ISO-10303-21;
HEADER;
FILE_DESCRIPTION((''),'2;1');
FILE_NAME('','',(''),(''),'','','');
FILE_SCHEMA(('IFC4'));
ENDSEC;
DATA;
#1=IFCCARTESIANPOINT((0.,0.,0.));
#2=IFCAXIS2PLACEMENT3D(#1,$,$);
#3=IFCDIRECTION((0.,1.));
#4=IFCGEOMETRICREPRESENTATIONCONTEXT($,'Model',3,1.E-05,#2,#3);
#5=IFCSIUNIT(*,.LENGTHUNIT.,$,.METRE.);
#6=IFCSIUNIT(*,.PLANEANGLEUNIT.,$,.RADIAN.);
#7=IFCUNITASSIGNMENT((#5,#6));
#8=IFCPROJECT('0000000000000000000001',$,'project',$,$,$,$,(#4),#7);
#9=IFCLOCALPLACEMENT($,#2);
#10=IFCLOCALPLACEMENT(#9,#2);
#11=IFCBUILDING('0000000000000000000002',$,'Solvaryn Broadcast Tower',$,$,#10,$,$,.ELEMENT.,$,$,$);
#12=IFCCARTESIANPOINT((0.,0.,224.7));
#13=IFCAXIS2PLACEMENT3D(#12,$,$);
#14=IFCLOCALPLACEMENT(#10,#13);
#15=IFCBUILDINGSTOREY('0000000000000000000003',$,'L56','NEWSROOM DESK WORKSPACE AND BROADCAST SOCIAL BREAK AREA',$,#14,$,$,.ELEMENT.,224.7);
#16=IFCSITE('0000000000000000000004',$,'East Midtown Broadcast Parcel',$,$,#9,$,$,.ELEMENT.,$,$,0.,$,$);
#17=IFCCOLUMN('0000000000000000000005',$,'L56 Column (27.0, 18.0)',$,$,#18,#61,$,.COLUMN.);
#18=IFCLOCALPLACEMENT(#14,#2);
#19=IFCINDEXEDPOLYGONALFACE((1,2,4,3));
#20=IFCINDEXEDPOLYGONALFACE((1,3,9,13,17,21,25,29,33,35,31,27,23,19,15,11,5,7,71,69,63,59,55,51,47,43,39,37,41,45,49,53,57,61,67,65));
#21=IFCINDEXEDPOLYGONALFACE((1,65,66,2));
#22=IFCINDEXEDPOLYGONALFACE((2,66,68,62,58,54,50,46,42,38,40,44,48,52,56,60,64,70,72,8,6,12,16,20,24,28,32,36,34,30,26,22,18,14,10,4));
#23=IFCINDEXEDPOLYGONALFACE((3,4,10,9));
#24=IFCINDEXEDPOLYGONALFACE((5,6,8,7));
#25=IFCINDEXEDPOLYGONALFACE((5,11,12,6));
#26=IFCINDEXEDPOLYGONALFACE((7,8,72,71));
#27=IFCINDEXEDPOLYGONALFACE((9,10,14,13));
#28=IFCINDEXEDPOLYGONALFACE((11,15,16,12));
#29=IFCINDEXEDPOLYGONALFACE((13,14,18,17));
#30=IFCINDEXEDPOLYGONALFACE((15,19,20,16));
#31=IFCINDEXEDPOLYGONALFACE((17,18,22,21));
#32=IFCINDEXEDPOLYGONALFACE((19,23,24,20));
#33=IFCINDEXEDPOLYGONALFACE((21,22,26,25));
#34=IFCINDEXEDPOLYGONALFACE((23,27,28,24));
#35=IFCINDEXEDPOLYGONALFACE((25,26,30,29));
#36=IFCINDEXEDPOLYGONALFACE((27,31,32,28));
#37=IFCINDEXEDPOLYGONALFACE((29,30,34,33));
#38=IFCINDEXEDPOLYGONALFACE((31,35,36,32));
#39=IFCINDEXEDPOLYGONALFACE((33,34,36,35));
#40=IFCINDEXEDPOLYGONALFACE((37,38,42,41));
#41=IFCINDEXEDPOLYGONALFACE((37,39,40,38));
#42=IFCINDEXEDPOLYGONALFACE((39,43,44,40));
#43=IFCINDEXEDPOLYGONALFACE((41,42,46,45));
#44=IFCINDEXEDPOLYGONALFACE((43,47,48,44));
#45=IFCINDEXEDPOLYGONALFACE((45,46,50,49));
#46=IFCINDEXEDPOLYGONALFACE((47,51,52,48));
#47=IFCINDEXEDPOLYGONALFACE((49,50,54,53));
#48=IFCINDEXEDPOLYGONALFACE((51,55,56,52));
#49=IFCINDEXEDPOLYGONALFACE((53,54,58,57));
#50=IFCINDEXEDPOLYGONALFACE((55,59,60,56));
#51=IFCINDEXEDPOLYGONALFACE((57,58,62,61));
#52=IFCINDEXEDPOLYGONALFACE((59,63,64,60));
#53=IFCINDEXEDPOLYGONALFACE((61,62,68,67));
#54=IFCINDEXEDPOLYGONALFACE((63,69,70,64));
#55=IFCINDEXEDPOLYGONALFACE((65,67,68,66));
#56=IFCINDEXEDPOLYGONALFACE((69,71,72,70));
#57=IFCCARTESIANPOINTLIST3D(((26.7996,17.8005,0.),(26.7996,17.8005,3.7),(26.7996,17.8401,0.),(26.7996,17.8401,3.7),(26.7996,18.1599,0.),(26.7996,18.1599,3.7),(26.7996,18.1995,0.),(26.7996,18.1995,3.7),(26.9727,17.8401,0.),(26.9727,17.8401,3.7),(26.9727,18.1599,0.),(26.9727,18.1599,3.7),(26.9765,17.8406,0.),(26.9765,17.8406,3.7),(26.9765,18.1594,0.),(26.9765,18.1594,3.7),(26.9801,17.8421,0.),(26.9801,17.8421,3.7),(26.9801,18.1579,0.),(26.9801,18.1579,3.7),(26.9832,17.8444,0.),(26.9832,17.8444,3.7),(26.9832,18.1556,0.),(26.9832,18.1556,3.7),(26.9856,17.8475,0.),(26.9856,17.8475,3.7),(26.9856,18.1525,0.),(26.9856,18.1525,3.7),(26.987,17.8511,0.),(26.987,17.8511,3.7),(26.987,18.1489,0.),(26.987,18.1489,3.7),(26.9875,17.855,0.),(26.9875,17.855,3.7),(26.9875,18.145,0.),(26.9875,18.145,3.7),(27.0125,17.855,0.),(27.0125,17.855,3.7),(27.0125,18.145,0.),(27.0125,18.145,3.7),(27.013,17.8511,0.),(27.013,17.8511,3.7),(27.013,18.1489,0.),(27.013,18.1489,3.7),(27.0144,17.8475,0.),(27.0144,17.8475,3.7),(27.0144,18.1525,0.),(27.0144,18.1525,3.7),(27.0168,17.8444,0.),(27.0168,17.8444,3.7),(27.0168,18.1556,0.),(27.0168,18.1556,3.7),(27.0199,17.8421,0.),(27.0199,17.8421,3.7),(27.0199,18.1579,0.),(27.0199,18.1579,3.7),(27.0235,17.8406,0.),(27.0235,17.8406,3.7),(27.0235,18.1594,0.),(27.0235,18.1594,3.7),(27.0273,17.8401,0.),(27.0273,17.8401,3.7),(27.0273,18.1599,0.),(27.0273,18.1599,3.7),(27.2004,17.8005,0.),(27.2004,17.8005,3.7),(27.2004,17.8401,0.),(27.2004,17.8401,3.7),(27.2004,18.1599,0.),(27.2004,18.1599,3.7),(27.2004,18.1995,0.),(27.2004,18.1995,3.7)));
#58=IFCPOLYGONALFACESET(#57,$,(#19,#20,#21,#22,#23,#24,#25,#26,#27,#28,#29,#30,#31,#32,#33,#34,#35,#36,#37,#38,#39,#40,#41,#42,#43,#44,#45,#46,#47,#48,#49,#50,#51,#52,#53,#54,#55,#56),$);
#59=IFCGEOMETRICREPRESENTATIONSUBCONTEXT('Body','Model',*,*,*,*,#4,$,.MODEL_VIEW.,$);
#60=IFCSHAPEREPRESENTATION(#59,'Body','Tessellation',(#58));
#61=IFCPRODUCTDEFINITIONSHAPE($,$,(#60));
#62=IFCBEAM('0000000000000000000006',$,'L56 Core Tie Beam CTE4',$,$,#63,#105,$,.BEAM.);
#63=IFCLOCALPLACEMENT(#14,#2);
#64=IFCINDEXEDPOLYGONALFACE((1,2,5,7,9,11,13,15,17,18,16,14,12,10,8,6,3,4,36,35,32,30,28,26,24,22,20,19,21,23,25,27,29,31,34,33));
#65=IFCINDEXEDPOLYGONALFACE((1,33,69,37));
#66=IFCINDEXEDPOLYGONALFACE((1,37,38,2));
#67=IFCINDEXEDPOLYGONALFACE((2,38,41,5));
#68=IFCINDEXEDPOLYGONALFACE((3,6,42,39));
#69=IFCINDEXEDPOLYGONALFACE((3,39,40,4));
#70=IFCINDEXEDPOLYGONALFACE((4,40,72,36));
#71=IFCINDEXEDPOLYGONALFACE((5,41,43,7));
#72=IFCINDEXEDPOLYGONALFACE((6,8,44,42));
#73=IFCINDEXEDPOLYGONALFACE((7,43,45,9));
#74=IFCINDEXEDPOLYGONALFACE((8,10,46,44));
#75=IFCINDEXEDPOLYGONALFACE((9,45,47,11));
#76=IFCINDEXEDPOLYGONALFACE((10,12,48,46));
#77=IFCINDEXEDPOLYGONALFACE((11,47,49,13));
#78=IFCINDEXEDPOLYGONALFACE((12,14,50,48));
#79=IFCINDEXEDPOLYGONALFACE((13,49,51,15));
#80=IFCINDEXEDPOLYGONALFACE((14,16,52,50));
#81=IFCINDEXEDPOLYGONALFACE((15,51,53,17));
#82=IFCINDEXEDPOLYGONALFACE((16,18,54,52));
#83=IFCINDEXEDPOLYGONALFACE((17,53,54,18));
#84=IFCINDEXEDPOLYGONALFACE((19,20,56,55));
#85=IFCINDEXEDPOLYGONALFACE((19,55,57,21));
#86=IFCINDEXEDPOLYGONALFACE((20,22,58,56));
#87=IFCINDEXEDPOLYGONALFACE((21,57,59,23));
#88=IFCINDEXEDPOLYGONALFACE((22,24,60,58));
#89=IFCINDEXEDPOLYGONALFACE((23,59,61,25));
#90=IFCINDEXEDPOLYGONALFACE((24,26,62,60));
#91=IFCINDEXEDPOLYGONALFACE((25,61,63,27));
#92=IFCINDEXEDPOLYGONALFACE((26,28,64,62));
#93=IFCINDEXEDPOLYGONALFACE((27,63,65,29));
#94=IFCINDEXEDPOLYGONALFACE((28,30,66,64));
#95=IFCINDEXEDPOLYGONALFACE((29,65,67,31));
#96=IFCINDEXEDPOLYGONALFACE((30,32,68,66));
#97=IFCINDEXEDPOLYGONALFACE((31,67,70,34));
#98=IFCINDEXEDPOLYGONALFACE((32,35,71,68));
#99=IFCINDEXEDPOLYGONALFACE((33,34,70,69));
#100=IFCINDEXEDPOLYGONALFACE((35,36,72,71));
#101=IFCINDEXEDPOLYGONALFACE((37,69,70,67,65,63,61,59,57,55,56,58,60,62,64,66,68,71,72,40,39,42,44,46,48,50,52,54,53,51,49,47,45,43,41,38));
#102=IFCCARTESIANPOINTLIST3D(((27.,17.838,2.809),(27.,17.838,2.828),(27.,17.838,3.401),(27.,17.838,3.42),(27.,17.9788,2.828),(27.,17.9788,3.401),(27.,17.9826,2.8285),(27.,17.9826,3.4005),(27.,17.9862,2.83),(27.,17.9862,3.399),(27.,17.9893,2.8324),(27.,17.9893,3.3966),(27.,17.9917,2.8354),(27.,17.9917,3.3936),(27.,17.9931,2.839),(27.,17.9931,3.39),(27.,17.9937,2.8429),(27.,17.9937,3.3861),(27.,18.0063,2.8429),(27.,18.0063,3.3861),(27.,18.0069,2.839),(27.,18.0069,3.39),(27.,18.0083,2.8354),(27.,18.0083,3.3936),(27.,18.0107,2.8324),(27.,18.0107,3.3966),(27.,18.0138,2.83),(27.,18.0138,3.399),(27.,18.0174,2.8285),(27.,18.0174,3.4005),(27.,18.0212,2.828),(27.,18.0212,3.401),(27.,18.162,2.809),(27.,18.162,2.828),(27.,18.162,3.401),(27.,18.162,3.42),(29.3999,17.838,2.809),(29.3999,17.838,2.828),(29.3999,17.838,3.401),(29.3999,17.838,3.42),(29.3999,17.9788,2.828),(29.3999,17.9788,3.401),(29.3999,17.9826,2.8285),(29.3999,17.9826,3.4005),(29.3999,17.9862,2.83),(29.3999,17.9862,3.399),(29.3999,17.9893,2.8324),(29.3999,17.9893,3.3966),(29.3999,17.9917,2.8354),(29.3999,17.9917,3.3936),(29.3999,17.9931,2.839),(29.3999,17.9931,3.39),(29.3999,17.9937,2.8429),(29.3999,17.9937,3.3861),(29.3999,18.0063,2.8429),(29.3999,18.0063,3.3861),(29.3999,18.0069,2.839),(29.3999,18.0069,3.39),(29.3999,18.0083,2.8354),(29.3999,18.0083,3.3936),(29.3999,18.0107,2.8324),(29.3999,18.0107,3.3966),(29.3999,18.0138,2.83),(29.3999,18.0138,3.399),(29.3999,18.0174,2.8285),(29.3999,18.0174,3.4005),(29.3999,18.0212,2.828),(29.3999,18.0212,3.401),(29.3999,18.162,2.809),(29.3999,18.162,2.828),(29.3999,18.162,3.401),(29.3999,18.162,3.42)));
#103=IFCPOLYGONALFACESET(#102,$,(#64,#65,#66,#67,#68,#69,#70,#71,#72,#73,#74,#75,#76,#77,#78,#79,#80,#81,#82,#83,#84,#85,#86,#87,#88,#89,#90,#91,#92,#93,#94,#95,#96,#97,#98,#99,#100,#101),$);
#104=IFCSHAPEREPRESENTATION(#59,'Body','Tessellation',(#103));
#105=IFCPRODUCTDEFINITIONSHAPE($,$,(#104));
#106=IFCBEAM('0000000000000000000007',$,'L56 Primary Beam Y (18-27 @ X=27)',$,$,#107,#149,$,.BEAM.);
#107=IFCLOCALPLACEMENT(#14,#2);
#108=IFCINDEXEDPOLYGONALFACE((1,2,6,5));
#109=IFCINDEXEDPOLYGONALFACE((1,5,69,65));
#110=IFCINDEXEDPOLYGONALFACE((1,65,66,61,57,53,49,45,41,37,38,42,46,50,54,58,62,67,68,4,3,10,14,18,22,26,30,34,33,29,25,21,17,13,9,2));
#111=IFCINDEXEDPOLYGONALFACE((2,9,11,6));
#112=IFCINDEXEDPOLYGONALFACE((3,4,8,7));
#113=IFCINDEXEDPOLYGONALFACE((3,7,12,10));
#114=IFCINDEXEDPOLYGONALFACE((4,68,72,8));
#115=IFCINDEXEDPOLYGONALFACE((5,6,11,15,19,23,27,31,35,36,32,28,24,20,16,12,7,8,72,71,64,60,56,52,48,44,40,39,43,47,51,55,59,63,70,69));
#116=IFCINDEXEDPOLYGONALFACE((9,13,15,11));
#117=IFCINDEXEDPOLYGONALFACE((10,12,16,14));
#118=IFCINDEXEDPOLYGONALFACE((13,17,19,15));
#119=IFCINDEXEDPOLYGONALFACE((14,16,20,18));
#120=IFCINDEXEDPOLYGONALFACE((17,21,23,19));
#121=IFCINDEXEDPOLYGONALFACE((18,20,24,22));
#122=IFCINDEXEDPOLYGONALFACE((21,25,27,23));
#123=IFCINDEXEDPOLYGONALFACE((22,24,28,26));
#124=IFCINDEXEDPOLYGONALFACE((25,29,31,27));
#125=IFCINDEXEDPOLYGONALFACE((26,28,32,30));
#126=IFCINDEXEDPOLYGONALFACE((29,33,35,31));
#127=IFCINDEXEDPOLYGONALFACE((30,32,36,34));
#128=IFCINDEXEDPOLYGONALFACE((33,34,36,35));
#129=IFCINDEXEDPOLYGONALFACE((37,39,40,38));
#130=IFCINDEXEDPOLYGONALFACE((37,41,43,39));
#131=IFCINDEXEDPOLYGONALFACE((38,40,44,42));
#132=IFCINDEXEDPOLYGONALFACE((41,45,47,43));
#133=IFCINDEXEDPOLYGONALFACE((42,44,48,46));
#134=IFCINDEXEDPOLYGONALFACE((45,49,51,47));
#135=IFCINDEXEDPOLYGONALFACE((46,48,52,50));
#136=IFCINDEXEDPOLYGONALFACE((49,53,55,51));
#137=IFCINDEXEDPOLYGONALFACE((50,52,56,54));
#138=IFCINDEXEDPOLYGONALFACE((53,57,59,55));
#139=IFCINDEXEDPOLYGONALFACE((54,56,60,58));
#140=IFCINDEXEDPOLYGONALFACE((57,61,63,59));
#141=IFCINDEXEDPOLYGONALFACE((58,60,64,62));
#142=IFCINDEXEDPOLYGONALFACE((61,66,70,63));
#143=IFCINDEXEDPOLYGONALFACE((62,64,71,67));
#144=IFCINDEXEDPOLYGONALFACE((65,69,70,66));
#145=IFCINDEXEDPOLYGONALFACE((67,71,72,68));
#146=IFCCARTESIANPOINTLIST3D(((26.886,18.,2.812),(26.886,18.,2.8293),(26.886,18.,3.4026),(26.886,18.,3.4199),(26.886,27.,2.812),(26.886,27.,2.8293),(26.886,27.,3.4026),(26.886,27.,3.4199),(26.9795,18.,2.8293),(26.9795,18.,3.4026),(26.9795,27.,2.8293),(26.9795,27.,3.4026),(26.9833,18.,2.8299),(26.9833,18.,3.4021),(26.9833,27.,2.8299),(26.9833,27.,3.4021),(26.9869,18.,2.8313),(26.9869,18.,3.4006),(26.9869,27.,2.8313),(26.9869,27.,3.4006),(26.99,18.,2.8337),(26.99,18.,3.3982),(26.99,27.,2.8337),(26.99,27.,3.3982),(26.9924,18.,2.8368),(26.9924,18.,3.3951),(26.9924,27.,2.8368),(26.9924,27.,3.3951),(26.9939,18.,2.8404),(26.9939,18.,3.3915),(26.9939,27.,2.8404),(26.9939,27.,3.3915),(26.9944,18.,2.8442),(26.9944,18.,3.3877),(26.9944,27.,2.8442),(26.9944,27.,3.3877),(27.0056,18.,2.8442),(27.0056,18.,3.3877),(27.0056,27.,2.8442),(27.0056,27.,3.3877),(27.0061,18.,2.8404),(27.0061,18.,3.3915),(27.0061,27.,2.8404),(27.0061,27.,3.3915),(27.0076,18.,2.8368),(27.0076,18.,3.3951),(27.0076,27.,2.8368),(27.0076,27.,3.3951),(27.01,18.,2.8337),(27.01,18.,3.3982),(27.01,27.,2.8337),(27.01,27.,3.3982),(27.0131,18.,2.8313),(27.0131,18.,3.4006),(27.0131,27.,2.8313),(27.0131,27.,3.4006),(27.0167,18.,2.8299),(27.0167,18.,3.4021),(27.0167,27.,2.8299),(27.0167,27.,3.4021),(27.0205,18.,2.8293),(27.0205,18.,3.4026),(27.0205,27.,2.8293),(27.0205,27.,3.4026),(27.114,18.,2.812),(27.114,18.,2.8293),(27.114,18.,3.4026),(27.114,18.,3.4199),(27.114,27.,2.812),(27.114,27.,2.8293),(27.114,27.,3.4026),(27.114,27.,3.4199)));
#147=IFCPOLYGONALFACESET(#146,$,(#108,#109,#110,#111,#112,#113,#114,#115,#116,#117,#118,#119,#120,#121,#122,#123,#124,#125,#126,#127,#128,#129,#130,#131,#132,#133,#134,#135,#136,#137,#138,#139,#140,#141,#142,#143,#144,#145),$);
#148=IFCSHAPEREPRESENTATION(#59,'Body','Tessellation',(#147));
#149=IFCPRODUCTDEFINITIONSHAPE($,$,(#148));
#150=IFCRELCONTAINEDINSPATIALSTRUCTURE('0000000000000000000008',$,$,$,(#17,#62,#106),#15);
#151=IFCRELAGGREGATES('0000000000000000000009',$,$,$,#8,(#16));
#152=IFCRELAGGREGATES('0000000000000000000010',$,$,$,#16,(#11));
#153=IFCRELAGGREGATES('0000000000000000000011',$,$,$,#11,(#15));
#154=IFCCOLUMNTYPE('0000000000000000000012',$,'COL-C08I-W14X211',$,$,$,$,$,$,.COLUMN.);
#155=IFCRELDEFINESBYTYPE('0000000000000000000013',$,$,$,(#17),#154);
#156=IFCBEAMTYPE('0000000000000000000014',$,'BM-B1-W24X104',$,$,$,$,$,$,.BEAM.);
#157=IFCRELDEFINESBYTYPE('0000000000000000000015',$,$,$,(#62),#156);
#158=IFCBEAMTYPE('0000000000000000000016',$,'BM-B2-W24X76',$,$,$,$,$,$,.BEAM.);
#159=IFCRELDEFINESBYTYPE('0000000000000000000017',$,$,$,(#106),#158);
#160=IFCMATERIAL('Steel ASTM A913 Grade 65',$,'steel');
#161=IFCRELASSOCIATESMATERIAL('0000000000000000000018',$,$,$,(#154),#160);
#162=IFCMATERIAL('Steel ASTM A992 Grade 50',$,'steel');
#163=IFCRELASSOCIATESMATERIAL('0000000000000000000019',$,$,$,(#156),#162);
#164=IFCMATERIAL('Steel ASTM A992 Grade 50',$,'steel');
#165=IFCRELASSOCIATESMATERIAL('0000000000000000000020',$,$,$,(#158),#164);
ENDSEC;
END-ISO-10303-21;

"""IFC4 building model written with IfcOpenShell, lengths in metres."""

from ifc_helpers import new_model, si_unit, direction, frame, origin, origin_2d, place, context, subcontext, project, spatial, i_section, extrude, material, material_profile, profile_set, type_object, element, save


model = new_model("IFC4")

# Units and contexts
model_context = context("Model", 3, precision=1e-05, world=origin(), true_north=direction((0.0, 1.0)))
body_context = subcontext(model_context, "Body", "Model", "MODEL_VIEW")
ifc_project = project(units=[si_unit("LENGTHUNIT", "METRE"), si_unit("PLANEANGLEUNIT", "RADIAN")], contexts=[model_context])

# Site, building, storey
site_placement = place(None, origin())
site = spatial("IfcSite", under=ifc_project, at=site_placement, Name="East Midtown Broadcast Parcel", CompositionType="ELEMENT", RefElevation=0.0)
building_placement = place(site_placement, origin())
building = spatial("IfcBuilding", under=site, at=building_placement, Name="Solvaryn Broadcast Tower", CompositionType="ELEMENT")
storey_placement = place(building_placement, frame((0.0, 0.0, 224.7)))
storey = spatial("IfcBuildingStorey", under=building, at=storey_placement, Name="L56", Description="NEWSROOM DESK WORKSPACE AND BROADCAST SOCIAL BREAK AREA", CompositionType="ELEMENT", Elevation=224.7)

# Column
ifc_material_1 = material(Name="Steel ASTM A913 Grade 65", Category="steel")
ifc_material_profile_1 = material_profile(ifc_material_1, i_section(OverallWidth=0.4009, OverallDepth=0.3989, WebThickness=0.0249, FlangeThickness=0.0396, FilletRadius=0.0149, at=origin_2d()))
ifc_profile_set_1 = profile_set([ifc_material_profile_1], Name="Steel ASTM A913 Grade 65")
column_type = type_object("IfcColumnType", Name="COL-C08I-W14X211", PredefinedType="COLUMN", material=ifc_profile_set_1)
column_placement = place(storey_placement, frame((27.0, 18.0, 0.0), z_axis=(0.0, 0.0, 1.0), x_axis=(1.0, 0.0, 0.0)))
element("IfcColumn", 1, at=column_placement, inside=storey, type_object=column_type, Name="L56 Column (27.0, 18.0)", PredefinedType="COLUMN", context=body_context, shape_type="SweptSolid", body=[
    extrude(i_section(OverallWidth=0.4009, OverallDepth=0.3989, WebThickness=0.0249, FlangeThickness=0.0396, FilletRadius=0.0149, at=origin_2d()), origin(), (0.0, 0.0, 1.0), 3.7),
])

# Beams
ifc_material_2 = material(Name="Steel ASTM A992 Grade 50", Category="steel")
ifc_material_profile_2 = material_profile(ifc_material_2, i_section(OverallWidth=0.324, OverallDepth=0.6111, WebThickness=0.0127, FlangeThickness=0.019, FilletRadius=0.0149, at=origin_2d()))
ifc_profile_set_2 = profile_set([ifc_material_profile_2], Name="Steel ASTM A992 Grade 50")
beam_type_1 = type_object("IfcBeamType", Name="BM-B1-W24X104", PredefinedType="BEAM", material=ifc_profile_set_2)
beam_1_placement = place(storey_placement, frame((27.0, 18.0, 3.1145), z_axis=(1.0, 0.0, 0.0), x_axis=(0.0, 1.0, 0.0)))
element("IfcBeam", 2, at=beam_1_placement, inside=storey, type_object=beam_type_1, Name="L56 Core Tie Beam CTE4", PredefinedType="BEAM", context=body_context, shape_type="SweptSolid", body=[
    extrude(i_section(OverallWidth=0.324, OverallDepth=0.6111, WebThickness=0.0127, FlangeThickness=0.019, FilletRadius=0.0149, at=origin_2d()), origin(), (0.0, 0.0, 1.0), 2.3999),
])
ifc_material_3 = material(Name="Steel ASTM A992 Grade 50", Category="steel")
ifc_material_profile_3 = material_profile(ifc_material_3, i_section(OverallWidth=0.228, OverallDepth=0.6079, WebThickness=0.0112, FlangeThickness=0.0173, FilletRadius=0.0149, at=origin_2d()))
ifc_profile_set_3 = profile_set([ifc_material_profile_3], Name="Steel ASTM A992 Grade 50")
beam_type_2 = type_object("IfcBeamType", Name="BM-B2-W24X76", PredefinedType="BEAM", material=ifc_profile_set_3)
beam_2_placement = place(storey_placement, frame((27.0, 18.0, 3.116), z_axis=(0.0, 1.0, 0.0), x_axis=(-1.0, 0.0, 0.0)))
element("IfcBeam", 3, at=beam_2_placement, inside=storey, type_object=beam_type_2, Name="L56 Primary Beam Y (18-27 @ X=27)", PredefinedType="BEAM", context=body_context, shape_type="SweptSolid", body=[
    extrude(i_section(OverallWidth=0.228, OverallDepth=0.6079, WebThickness=0.0112, FlangeThickness=0.0173, FilletRadius=0.0149, at=origin_2d()), origin(), (0.0, 0.0, 1.0), 9.0),
])

save(model, "model.ifc")
